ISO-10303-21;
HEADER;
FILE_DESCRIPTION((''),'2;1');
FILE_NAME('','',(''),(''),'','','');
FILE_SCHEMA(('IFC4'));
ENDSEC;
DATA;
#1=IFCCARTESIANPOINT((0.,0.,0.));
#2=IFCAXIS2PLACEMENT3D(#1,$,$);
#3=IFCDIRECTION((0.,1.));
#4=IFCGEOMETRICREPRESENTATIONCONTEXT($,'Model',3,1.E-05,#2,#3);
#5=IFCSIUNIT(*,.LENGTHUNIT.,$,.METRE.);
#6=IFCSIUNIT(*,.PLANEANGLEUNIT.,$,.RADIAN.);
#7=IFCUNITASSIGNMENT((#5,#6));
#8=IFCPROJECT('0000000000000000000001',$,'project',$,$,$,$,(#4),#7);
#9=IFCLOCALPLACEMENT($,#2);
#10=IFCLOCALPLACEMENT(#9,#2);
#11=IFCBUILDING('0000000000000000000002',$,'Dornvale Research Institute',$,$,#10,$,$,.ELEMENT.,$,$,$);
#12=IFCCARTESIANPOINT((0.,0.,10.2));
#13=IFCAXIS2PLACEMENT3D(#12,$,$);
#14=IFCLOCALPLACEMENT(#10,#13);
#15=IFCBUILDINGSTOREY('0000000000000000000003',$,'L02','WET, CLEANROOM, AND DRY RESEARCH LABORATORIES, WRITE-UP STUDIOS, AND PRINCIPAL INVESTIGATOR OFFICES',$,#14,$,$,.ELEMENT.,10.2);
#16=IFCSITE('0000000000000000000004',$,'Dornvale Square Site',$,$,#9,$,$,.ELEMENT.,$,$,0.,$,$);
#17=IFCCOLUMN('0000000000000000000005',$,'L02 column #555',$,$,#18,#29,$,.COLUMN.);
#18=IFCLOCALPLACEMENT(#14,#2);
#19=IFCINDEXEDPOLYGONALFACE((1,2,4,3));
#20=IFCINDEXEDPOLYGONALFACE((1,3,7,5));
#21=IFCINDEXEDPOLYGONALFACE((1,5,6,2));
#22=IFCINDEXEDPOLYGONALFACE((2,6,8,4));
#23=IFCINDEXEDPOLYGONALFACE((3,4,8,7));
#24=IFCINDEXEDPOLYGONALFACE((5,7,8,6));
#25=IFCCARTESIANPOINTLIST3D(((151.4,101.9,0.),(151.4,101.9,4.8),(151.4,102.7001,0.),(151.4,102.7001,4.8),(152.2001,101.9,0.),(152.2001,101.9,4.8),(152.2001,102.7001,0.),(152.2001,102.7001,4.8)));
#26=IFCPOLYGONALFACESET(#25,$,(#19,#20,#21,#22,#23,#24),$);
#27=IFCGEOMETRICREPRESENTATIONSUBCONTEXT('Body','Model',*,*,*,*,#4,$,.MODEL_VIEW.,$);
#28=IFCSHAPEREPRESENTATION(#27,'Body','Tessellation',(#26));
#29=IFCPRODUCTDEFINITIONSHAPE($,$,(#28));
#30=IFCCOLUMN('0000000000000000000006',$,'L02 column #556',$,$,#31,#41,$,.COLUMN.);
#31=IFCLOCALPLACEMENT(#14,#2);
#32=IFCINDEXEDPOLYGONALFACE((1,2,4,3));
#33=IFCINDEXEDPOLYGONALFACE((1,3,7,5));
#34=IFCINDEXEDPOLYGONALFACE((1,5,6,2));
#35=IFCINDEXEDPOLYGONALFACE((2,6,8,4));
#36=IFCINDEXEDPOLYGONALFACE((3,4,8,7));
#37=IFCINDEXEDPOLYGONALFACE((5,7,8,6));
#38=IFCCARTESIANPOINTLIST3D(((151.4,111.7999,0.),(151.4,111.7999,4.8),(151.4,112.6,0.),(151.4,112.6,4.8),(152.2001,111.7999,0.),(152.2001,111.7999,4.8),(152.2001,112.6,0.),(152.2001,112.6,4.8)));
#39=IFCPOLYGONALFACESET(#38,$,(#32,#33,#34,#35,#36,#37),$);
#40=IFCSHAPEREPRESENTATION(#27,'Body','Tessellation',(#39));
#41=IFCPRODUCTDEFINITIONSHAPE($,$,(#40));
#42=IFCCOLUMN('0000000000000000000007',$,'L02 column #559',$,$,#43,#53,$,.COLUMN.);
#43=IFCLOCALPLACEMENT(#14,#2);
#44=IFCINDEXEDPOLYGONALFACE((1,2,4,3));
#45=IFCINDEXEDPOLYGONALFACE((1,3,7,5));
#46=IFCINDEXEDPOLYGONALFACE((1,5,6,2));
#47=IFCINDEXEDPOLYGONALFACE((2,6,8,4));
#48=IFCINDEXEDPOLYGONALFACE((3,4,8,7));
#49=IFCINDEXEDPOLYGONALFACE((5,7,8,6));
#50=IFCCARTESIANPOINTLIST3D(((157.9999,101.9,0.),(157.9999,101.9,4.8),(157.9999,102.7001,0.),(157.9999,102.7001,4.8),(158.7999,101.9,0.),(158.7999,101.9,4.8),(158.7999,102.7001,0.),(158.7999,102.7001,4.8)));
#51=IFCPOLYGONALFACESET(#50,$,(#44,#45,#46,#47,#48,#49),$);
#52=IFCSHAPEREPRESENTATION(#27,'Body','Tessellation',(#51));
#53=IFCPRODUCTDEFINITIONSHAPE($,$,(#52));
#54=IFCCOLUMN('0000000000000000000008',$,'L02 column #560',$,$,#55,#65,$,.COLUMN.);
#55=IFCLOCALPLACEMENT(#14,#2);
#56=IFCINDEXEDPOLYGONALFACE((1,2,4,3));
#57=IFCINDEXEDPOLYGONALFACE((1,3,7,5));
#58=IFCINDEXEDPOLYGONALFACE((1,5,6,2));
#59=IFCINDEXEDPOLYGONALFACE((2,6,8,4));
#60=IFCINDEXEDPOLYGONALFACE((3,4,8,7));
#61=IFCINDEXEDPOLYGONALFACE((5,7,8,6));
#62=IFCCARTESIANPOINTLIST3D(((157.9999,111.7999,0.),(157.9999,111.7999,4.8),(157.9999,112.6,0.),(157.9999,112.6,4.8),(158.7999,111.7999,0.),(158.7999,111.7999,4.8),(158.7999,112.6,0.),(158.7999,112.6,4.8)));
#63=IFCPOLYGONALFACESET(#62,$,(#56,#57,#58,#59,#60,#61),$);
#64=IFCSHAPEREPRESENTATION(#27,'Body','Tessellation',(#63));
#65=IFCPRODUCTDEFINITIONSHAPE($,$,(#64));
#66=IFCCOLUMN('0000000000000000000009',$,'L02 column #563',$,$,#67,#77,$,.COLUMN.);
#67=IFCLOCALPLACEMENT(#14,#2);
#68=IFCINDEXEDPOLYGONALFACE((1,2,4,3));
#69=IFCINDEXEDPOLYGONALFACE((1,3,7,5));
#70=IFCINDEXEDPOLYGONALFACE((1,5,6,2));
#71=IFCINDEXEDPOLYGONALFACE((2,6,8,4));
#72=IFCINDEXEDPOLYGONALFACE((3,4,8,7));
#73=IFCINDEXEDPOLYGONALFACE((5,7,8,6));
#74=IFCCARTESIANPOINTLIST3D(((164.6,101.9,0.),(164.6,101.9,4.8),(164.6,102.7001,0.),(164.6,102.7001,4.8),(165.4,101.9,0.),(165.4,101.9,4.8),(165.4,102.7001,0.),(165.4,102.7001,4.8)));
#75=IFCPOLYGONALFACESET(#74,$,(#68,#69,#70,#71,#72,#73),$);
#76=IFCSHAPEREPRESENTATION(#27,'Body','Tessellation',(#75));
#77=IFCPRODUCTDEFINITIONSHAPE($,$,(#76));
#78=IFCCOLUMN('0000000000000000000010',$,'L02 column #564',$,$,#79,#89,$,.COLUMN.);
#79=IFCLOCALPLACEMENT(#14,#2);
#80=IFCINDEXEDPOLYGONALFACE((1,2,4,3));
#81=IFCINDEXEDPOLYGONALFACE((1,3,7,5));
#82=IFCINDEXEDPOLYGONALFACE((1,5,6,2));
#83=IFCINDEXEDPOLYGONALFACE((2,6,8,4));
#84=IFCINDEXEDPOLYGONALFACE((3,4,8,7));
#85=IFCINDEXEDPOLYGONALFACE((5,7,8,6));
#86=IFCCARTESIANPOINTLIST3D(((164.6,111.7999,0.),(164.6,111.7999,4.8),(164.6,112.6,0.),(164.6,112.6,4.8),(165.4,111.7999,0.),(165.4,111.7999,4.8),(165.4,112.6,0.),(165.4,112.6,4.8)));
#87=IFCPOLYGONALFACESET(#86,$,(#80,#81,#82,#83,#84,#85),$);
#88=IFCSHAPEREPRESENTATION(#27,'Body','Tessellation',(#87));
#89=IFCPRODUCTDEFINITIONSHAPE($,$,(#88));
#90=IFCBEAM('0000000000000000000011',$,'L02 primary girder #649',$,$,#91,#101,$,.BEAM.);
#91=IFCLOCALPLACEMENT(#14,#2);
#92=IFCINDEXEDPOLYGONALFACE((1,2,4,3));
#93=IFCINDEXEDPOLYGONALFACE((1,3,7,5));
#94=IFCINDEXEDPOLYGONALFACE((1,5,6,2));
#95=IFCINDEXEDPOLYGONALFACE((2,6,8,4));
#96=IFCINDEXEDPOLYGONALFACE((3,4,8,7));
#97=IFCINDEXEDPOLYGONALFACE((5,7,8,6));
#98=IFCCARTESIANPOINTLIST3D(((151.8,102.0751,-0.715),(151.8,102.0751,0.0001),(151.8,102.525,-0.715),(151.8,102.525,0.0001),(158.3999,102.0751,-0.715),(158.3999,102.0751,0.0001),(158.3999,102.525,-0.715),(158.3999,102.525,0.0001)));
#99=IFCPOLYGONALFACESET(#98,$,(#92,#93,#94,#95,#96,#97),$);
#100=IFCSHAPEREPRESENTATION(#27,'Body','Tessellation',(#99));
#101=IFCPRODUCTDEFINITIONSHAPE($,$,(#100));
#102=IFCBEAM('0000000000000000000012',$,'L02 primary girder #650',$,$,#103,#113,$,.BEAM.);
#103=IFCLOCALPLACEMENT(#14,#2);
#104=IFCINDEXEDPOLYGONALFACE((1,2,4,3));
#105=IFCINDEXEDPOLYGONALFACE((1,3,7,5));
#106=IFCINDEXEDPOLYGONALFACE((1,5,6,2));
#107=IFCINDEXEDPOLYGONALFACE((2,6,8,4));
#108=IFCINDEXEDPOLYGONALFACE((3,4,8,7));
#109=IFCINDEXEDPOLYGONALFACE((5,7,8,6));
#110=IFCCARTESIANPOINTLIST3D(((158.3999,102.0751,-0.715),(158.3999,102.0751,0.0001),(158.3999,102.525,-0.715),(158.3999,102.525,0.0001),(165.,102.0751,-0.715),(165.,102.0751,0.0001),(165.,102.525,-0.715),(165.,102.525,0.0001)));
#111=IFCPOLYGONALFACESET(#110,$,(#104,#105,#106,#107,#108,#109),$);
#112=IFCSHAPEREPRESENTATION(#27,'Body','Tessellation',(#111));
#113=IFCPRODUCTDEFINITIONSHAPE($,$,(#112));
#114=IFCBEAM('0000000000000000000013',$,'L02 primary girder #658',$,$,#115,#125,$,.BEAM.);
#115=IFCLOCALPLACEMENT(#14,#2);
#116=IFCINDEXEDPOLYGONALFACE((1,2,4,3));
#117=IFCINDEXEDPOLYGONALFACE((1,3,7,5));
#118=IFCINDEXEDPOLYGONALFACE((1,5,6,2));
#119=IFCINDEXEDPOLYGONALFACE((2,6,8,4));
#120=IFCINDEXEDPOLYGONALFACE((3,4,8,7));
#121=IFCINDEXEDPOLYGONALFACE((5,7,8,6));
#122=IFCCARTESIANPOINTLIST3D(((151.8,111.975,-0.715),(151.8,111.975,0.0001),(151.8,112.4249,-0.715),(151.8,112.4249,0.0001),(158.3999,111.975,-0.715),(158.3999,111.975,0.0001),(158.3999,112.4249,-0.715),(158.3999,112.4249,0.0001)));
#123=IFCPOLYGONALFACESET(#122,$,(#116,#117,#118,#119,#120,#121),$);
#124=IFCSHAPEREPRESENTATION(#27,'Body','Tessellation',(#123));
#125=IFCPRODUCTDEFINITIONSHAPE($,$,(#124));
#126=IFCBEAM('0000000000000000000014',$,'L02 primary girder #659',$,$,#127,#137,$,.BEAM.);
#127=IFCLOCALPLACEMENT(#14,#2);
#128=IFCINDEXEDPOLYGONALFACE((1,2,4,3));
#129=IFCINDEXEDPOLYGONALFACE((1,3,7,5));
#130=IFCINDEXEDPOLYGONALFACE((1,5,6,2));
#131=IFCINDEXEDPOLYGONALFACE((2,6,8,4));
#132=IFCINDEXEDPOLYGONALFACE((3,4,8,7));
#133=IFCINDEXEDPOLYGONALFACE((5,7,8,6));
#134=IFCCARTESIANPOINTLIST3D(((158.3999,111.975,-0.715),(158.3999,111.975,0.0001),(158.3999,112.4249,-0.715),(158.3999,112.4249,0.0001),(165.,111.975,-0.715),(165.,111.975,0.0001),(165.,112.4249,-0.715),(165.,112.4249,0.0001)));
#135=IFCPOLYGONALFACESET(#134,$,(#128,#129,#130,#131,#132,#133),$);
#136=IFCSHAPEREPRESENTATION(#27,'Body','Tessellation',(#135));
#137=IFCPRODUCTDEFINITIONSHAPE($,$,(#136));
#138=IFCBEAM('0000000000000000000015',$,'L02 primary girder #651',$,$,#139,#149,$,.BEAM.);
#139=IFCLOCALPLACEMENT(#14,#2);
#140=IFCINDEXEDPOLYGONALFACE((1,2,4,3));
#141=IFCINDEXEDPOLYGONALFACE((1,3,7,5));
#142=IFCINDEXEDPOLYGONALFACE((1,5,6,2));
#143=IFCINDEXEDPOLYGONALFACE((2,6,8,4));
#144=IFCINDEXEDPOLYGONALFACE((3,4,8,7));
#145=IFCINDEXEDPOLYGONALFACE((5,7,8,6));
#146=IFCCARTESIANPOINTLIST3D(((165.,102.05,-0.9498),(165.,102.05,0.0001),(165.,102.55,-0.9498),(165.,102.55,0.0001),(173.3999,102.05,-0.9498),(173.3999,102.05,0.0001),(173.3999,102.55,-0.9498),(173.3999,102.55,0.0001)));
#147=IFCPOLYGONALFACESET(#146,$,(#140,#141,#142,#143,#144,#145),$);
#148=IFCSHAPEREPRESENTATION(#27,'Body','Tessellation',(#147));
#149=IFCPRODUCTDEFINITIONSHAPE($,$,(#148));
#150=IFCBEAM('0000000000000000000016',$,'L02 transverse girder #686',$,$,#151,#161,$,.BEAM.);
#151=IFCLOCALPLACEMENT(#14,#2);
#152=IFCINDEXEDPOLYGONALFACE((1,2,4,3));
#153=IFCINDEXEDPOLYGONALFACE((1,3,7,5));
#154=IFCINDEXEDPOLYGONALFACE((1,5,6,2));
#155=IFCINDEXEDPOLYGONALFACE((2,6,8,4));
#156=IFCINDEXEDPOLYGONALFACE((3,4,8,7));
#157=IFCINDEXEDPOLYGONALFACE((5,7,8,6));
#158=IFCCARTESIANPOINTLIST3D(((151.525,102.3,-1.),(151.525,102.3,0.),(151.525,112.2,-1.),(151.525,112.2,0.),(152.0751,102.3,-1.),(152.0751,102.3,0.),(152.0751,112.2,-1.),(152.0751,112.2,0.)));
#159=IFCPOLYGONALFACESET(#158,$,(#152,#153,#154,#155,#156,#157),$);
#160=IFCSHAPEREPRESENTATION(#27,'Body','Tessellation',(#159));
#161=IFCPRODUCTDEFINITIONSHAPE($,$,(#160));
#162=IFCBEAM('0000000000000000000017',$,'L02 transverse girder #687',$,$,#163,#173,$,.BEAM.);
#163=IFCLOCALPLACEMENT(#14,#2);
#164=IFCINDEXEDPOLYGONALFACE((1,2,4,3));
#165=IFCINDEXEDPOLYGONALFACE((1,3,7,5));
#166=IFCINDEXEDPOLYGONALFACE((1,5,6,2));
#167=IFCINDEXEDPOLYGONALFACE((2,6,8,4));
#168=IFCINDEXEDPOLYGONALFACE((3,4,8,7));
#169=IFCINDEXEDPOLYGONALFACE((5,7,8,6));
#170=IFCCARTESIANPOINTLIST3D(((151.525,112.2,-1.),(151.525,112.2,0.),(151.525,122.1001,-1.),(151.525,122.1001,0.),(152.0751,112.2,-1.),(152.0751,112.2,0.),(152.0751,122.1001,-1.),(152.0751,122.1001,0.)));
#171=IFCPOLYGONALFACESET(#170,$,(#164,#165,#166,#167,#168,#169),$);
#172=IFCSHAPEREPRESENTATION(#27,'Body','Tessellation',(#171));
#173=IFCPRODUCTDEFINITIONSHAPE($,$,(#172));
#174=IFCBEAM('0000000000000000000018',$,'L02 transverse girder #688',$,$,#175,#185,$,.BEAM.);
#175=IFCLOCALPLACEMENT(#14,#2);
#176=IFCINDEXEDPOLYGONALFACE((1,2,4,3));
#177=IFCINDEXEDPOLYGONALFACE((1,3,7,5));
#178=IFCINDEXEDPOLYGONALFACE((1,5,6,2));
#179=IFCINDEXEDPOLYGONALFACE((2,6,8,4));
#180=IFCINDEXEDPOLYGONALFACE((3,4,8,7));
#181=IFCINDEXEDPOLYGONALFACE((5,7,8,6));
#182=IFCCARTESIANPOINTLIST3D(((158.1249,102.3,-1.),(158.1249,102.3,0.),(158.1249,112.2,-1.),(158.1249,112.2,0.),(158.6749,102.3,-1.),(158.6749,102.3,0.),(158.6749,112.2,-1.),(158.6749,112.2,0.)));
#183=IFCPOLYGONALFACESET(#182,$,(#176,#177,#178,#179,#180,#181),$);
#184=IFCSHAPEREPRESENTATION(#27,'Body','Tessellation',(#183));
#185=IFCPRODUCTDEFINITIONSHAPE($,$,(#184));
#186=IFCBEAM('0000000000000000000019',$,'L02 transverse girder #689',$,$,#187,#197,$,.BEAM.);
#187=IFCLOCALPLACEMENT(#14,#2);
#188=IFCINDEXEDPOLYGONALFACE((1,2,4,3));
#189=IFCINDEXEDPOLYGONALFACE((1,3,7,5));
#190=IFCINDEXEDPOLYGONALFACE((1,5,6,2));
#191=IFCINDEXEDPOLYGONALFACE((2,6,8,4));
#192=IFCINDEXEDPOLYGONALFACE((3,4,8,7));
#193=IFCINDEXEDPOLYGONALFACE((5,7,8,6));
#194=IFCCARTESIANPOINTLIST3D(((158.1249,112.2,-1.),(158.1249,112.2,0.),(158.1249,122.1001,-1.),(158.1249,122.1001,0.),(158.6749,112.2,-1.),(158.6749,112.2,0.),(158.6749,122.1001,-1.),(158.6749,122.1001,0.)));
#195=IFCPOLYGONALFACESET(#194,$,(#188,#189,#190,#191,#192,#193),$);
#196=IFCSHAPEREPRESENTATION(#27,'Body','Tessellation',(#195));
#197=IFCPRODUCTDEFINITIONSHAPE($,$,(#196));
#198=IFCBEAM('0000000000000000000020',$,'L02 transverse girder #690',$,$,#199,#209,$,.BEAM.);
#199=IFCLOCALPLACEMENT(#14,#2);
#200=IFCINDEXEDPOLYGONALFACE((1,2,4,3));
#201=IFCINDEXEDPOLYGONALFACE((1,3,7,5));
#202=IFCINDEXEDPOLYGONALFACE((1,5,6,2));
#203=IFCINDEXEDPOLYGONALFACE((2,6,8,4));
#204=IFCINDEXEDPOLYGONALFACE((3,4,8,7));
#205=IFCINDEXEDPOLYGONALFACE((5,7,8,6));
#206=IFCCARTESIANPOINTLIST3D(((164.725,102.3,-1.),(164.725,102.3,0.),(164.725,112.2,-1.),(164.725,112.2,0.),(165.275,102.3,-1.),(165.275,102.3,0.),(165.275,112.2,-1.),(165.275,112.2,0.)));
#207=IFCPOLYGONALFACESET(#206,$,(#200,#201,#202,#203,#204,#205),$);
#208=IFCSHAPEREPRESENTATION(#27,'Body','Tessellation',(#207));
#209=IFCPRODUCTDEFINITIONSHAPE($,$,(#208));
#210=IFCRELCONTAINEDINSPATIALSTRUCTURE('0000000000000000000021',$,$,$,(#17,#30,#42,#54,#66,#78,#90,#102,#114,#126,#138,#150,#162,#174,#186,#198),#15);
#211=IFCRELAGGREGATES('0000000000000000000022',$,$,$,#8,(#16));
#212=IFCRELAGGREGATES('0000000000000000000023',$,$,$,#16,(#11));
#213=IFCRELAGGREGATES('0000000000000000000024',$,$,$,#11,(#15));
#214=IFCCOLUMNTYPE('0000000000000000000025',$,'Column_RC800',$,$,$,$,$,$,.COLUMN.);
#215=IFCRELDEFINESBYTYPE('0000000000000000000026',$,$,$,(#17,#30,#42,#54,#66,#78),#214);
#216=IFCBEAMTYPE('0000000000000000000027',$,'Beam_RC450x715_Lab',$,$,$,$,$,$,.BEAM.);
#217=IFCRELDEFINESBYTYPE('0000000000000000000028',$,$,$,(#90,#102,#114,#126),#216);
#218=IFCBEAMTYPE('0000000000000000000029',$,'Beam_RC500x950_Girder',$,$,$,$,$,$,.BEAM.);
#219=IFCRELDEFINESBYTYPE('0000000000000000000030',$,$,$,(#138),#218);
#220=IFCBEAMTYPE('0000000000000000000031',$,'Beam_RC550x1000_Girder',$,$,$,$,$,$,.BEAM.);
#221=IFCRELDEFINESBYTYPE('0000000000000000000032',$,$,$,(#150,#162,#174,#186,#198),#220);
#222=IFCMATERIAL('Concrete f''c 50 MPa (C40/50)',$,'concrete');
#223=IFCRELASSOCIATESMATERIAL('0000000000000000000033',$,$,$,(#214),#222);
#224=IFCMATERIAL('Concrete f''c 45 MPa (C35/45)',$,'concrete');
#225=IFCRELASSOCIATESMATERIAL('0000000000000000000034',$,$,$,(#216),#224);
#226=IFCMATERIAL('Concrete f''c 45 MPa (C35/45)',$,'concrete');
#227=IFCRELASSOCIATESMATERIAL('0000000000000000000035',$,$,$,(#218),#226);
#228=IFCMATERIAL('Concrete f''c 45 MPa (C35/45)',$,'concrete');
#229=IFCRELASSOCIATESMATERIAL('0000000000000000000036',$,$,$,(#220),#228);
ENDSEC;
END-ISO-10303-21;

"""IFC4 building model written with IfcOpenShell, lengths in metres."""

from ifc_helpers import new_model, si_unit, direction, frame, origin, origin_2d, place, context, subcontext, project, spatial, rectangle, extrude, material, material_profile, profile_set, type_object, element, save


model = new_model("IFC4")

# Units and contexts
model_context = context("Model", 3, precision=1e-05, world=origin(), true_north=direction((0.0, 1.0)))
body_context = subcontext(model_context, "Body", "Model", "MODEL_VIEW")
ifc_project = project(units=[si_unit("LENGTHUNIT", "METRE"), si_unit("PLANEANGLEUNIT", "RADIAN")], contexts=[model_context])

# Site, building, storey
site_placement = place(None, origin())
site = spatial("IfcSite", under=ifc_project, at=site_placement, Name="Dornvale Square Site", CompositionType="ELEMENT", RefElevation=0.0)
building_placement = place(site_placement, origin())
building = spatial("IfcBuilding", under=site, at=building_placement, Name="Dornvale Research Institute", CompositionType="ELEMENT")
storey_placement = place(building_placement, frame((0.0, 0.0, 10.2)))
storey = spatial("IfcBuildingStorey", under=building, at=storey_placement, Name="L02", Description="WET, CLEANROOM, AND DRY RESEARCH LABORATORIES, WRITE-UP STUDIOS, AND PRINCIPAL INVESTIGATOR OFFICES", CompositionType="ELEMENT", Elevation=10.2)

# Columns
ifc_material_1 = material(Name="Concrete f'c 50 MPa (C40/50)", Category="concrete")
ifc_material_profile_1 = material_profile(ifc_material_1, rectangle(XDim=0.8, YDim=0.8, at=origin_2d()), Name="RC 800x800")
ifc_profile_set_1 = profile_set([ifc_material_profile_1], Name="Concrete f'c 50 MPa (C40/50)")
column_type = type_object("IfcColumnType", Name="Column_RC800", PredefinedType="COLUMN", material=ifc_profile_set_1)
for number, where, z_axis, x_axis, name in (
    (1, (151.8, 102.3, 0.0), (0.0, 0.0, 1.0), (1.0, 0.0, 0.0), "L02 column #555"),
    (2, (151.8, 112.2, 0.0), (0.0, 0.0, 1.0), (1.0, 0.0, 0.0), "L02 column #556"),
    (3, (158.3999, 102.3, 0.0), (0.0, 0.0, 1.0), (1.0, 0.0, 0.0), "L02 column #559"),
    (4, (158.3999, 112.2, 0.0), (0.0, 0.0, 1.0), (1.0, 0.0, 0.0), "L02 column #560"),
    (5, (165.0, 102.3, 0.0), (0.0, 0.0, 1.0), (1.0, 0.0, 0.0), "L02 column #563"),
    (6, (165.0, 112.2, 0.0), (0.0, 0.0, 1.0), (1.0, 0.0, 0.0), "L02 column #564"),
):
    element("IfcColumn", number, at=place(storey_placement, frame(where, z_axis=z_axis, x_axis=x_axis)), inside=storey, type_object=column_type, Name=name, PredefinedType="COLUMN", context=body_context, shape_type="SweptSolid", body=[
        extrude(rectangle(XDim=0.8, YDim=0.8, at=origin_2d()), origin(), (0.0, 0.0, 1.0), 4.8),
    ])

# Beams
ifc_material_2 = material(Name="Concrete f'c 45 MPa (C35/45)", Category="concrete")
ifc_material_profile_2 = material_profile(ifc_material_2, rectangle(XDim=0.45, YDim=0.7151, at=origin_2d()), Name="RC 450x715")
ifc_profile_set_2 = profile_set([ifc_material_profile_2], Name="Concrete f'c 45 MPa (C35/45)")
beam_type_1 = type_object("IfcBeamType", Name="Beam_RC450x715_Lab", PredefinedType="BEAM", material=ifc_profile_set_2)
beam_1_placement = place(storey_placement, frame((151.8, 102.3, -0.3574), z_axis=(1.0, 0.0, 0.0), x_axis=(0.0, 1.0, 0.0)))
element("IfcBeam", 7, at=beam_1_placement, inside=storey, type_object=beam_type_1, Name="L02 primary girder #649", PredefinedType="BEAM", context=body_context, shape_type="SweptSolid", body=[
    extrude(rectangle(XDim=0.45, YDim=0.7151, at=origin_2d()), origin(), (0.0, 0.0, 1.0), 6.5999),
])
beam_2_placement = place(storey_placement, frame((158.3999, 102.3, -0.3574), z_axis=(1.0, 0.0, 0.0), x_axis=(0.0, 1.0, 0.0)))
element("IfcBeam", 8, at=beam_2_placement, inside=storey, type_object=beam_type_1, Name="L02 primary girder #650", PredefinedType="BEAM", context=body_context, shape_type="SweptSolid", body=[
    extrude(rectangle(XDim=0.45, YDim=0.7151, at=origin_2d()), origin(), (0.0, 0.0, 1.0), 6.6001),
])
beam_3_placement = place(storey_placement, frame((151.8, 112.2, -0.3574), z_axis=(1.0, 0.0, 0.0), x_axis=(0.0, 1.0, 0.0)))
element("IfcBeam", 9, at=beam_3_placement, inside=storey, type_object=beam_type_1, Name="L02 primary girder #658", PredefinedType="BEAM", context=body_context, shape_type="SweptSolid", body=[
    extrude(rectangle(XDim=0.45, YDim=0.7151, at=origin_2d()), origin(), (0.0, 0.0, 1.0), 6.5999),
])
beam_4_placement = place(storey_placement, frame((158.3999, 112.2, -0.3574), z_axis=(1.0, 0.0, 0.0), x_axis=(0.0, 1.0, 0.0)))
element("IfcBeam", 10, at=beam_4_placement, inside=storey, type_object=beam_type_1, Name="L02 primary girder #659", PredefinedType="BEAM", context=body_context, shape_type="SweptSolid", body=[
    extrude(rectangle(XDim=0.45, YDim=0.7151, at=origin_2d()), origin(), (0.0, 0.0, 1.0), 6.6001),
])
ifc_material_3 = material(Name="Concrete f'c 45 MPa (C35/45)", Category="concrete")
ifc_material_profile_3 = material_profile(ifc_material_3, rectangle(XDim=0.5, YDim=0.95, at=origin_2d()), Name="RC 500x950")
ifc_profile_set_3 = profile_set([ifc_material_profile_3], Name="Concrete f'c 45 MPa (C35/45)")
beam_type_2 = type_object("IfcBeamType", Name="Beam_RC500x950_Girder", PredefinedType="BEAM", material=ifc_profile_set_3)
beam_5_placement = place(storey_placement, frame((165.0, 102.3, -0.4749), z_axis=(1.0, 0.0, 0.0), x_axis=(0.0, 1.0, 0.0)))
element("IfcBeam", 11, at=beam_5_placement, inside=storey, type_object=beam_type_2, Name="L02 primary girder #651", PredefinedType="BEAM", context=body_context, shape_type="SweptSolid", body=[
    extrude(rectangle(XDim=0.5, YDim=0.95, at=origin_2d()), origin(), (0.0, 0.0, 1.0), 8.3999),
])
ifc_material_4 = material(Name="Concrete f'c 45 MPa (C35/45)", Category="concrete")
ifc_material_profile_4 = material_profile(ifc_material_4, rectangle(XDim=0.55, YDim=1.0, at=origin_2d()), Name="RC 550x1000")
ifc_profile_set_4 = profile_set([ifc_material_profile_4], Name="Concrete f'c 45 MPa (C35/45)")
beam_type_3 = type_object("IfcBeamType", Name="Beam_RC550x1000_Girder", PredefinedType="BEAM", material=ifc_profile_set_4)
beam_6_placement = place(storey_placement, frame((151.8, 102.3, -0.5), z_axis=(0.0, 1.0, 0.0), x_axis=(-1.0, 0.0, 0.0)))
element("IfcBeam", 12, at=beam_6_placement, inside=storey, type_object=beam_type_3, Name="L02 transverse girder #686", PredefinedType="BEAM", context=body_context, shape_type="SweptSolid", body=[
    extrude(rectangle(XDim=0.55, YDim=1.0, at=origin_2d()), origin(), (0.0, 0.0, 1.0), 9.8999),
])
beam_7_placement = place(storey_placement, frame((151.8, 112.2, -0.5), z_axis=(0.0, 1.0, 0.0), x_axis=(-1.0, 0.0, 0.0)))
element("IfcBeam", 13, at=beam_7_placement, inside=storey, type_object=beam_type_3, Name="L02 transverse girder #687", PredefinedType="BEAM", context=body_context, shape_type="SweptSolid", body=[
    extrude(rectangle(XDim=0.55, YDim=1.0, at=origin_2d()), origin(), (0.0, 0.0, 1.0), 9.9001),
])
beam_8_placement = place(storey_placement, frame((158.3999, 102.3, -0.5), z_axis=(0.0, 1.0, 0.0), x_axis=(-1.0, 0.0, 0.0)))
element("IfcBeam", 14, at=beam_8_placement, inside=storey, type_object=beam_type_3, Name="L02 transverse girder #688", PredefinedType="BEAM", context=body_context, shape_type="SweptSolid", body=[
    extrude(rectangle(XDim=0.55, YDim=1.0, at=origin_2d()), origin(), (0.0, 0.0, 1.0), 9.8999),
])
beam_9_placement = place(storey_placement, frame((158.3999, 112.2, -0.5), z_axis=(0.0, 1.0, 0.0), x_axis=(-1.0, 0.0, 0.0)))
element("IfcBeam", 15, at=beam_9_placement, inside=storey, type_object=beam_type_3, Name="L02 transverse girder #689", PredefinedType="BEAM", context=body_context, shape_type="SweptSolid", body=[
    extrude(rectangle(XDim=0.55, YDim=1.0, at=origin_2d()), origin(), (0.0, 0.0, 1.0), 9.9001),
])
beam_10_placement = place(storey_placement, frame((165.0, 102.3, -0.5), z_axis=(0.0, 1.0, 0.0), x_axis=(-1.0, 0.0, 0.0)))
element("IfcBeam", 16, at=beam_10_placement, inside=storey, type_object=beam_type_3, Name="L02 transverse girder #690", PredefinedType="BEAM", context=body_context, shape_type="SweptSolid", body=[
    extrude(rectangle(XDim=0.55, YDim=1.0, at=origin_2d()), origin(), (0.0, 0.0, 1.0), 9.8999),
])

save(model, "model.ifc")
